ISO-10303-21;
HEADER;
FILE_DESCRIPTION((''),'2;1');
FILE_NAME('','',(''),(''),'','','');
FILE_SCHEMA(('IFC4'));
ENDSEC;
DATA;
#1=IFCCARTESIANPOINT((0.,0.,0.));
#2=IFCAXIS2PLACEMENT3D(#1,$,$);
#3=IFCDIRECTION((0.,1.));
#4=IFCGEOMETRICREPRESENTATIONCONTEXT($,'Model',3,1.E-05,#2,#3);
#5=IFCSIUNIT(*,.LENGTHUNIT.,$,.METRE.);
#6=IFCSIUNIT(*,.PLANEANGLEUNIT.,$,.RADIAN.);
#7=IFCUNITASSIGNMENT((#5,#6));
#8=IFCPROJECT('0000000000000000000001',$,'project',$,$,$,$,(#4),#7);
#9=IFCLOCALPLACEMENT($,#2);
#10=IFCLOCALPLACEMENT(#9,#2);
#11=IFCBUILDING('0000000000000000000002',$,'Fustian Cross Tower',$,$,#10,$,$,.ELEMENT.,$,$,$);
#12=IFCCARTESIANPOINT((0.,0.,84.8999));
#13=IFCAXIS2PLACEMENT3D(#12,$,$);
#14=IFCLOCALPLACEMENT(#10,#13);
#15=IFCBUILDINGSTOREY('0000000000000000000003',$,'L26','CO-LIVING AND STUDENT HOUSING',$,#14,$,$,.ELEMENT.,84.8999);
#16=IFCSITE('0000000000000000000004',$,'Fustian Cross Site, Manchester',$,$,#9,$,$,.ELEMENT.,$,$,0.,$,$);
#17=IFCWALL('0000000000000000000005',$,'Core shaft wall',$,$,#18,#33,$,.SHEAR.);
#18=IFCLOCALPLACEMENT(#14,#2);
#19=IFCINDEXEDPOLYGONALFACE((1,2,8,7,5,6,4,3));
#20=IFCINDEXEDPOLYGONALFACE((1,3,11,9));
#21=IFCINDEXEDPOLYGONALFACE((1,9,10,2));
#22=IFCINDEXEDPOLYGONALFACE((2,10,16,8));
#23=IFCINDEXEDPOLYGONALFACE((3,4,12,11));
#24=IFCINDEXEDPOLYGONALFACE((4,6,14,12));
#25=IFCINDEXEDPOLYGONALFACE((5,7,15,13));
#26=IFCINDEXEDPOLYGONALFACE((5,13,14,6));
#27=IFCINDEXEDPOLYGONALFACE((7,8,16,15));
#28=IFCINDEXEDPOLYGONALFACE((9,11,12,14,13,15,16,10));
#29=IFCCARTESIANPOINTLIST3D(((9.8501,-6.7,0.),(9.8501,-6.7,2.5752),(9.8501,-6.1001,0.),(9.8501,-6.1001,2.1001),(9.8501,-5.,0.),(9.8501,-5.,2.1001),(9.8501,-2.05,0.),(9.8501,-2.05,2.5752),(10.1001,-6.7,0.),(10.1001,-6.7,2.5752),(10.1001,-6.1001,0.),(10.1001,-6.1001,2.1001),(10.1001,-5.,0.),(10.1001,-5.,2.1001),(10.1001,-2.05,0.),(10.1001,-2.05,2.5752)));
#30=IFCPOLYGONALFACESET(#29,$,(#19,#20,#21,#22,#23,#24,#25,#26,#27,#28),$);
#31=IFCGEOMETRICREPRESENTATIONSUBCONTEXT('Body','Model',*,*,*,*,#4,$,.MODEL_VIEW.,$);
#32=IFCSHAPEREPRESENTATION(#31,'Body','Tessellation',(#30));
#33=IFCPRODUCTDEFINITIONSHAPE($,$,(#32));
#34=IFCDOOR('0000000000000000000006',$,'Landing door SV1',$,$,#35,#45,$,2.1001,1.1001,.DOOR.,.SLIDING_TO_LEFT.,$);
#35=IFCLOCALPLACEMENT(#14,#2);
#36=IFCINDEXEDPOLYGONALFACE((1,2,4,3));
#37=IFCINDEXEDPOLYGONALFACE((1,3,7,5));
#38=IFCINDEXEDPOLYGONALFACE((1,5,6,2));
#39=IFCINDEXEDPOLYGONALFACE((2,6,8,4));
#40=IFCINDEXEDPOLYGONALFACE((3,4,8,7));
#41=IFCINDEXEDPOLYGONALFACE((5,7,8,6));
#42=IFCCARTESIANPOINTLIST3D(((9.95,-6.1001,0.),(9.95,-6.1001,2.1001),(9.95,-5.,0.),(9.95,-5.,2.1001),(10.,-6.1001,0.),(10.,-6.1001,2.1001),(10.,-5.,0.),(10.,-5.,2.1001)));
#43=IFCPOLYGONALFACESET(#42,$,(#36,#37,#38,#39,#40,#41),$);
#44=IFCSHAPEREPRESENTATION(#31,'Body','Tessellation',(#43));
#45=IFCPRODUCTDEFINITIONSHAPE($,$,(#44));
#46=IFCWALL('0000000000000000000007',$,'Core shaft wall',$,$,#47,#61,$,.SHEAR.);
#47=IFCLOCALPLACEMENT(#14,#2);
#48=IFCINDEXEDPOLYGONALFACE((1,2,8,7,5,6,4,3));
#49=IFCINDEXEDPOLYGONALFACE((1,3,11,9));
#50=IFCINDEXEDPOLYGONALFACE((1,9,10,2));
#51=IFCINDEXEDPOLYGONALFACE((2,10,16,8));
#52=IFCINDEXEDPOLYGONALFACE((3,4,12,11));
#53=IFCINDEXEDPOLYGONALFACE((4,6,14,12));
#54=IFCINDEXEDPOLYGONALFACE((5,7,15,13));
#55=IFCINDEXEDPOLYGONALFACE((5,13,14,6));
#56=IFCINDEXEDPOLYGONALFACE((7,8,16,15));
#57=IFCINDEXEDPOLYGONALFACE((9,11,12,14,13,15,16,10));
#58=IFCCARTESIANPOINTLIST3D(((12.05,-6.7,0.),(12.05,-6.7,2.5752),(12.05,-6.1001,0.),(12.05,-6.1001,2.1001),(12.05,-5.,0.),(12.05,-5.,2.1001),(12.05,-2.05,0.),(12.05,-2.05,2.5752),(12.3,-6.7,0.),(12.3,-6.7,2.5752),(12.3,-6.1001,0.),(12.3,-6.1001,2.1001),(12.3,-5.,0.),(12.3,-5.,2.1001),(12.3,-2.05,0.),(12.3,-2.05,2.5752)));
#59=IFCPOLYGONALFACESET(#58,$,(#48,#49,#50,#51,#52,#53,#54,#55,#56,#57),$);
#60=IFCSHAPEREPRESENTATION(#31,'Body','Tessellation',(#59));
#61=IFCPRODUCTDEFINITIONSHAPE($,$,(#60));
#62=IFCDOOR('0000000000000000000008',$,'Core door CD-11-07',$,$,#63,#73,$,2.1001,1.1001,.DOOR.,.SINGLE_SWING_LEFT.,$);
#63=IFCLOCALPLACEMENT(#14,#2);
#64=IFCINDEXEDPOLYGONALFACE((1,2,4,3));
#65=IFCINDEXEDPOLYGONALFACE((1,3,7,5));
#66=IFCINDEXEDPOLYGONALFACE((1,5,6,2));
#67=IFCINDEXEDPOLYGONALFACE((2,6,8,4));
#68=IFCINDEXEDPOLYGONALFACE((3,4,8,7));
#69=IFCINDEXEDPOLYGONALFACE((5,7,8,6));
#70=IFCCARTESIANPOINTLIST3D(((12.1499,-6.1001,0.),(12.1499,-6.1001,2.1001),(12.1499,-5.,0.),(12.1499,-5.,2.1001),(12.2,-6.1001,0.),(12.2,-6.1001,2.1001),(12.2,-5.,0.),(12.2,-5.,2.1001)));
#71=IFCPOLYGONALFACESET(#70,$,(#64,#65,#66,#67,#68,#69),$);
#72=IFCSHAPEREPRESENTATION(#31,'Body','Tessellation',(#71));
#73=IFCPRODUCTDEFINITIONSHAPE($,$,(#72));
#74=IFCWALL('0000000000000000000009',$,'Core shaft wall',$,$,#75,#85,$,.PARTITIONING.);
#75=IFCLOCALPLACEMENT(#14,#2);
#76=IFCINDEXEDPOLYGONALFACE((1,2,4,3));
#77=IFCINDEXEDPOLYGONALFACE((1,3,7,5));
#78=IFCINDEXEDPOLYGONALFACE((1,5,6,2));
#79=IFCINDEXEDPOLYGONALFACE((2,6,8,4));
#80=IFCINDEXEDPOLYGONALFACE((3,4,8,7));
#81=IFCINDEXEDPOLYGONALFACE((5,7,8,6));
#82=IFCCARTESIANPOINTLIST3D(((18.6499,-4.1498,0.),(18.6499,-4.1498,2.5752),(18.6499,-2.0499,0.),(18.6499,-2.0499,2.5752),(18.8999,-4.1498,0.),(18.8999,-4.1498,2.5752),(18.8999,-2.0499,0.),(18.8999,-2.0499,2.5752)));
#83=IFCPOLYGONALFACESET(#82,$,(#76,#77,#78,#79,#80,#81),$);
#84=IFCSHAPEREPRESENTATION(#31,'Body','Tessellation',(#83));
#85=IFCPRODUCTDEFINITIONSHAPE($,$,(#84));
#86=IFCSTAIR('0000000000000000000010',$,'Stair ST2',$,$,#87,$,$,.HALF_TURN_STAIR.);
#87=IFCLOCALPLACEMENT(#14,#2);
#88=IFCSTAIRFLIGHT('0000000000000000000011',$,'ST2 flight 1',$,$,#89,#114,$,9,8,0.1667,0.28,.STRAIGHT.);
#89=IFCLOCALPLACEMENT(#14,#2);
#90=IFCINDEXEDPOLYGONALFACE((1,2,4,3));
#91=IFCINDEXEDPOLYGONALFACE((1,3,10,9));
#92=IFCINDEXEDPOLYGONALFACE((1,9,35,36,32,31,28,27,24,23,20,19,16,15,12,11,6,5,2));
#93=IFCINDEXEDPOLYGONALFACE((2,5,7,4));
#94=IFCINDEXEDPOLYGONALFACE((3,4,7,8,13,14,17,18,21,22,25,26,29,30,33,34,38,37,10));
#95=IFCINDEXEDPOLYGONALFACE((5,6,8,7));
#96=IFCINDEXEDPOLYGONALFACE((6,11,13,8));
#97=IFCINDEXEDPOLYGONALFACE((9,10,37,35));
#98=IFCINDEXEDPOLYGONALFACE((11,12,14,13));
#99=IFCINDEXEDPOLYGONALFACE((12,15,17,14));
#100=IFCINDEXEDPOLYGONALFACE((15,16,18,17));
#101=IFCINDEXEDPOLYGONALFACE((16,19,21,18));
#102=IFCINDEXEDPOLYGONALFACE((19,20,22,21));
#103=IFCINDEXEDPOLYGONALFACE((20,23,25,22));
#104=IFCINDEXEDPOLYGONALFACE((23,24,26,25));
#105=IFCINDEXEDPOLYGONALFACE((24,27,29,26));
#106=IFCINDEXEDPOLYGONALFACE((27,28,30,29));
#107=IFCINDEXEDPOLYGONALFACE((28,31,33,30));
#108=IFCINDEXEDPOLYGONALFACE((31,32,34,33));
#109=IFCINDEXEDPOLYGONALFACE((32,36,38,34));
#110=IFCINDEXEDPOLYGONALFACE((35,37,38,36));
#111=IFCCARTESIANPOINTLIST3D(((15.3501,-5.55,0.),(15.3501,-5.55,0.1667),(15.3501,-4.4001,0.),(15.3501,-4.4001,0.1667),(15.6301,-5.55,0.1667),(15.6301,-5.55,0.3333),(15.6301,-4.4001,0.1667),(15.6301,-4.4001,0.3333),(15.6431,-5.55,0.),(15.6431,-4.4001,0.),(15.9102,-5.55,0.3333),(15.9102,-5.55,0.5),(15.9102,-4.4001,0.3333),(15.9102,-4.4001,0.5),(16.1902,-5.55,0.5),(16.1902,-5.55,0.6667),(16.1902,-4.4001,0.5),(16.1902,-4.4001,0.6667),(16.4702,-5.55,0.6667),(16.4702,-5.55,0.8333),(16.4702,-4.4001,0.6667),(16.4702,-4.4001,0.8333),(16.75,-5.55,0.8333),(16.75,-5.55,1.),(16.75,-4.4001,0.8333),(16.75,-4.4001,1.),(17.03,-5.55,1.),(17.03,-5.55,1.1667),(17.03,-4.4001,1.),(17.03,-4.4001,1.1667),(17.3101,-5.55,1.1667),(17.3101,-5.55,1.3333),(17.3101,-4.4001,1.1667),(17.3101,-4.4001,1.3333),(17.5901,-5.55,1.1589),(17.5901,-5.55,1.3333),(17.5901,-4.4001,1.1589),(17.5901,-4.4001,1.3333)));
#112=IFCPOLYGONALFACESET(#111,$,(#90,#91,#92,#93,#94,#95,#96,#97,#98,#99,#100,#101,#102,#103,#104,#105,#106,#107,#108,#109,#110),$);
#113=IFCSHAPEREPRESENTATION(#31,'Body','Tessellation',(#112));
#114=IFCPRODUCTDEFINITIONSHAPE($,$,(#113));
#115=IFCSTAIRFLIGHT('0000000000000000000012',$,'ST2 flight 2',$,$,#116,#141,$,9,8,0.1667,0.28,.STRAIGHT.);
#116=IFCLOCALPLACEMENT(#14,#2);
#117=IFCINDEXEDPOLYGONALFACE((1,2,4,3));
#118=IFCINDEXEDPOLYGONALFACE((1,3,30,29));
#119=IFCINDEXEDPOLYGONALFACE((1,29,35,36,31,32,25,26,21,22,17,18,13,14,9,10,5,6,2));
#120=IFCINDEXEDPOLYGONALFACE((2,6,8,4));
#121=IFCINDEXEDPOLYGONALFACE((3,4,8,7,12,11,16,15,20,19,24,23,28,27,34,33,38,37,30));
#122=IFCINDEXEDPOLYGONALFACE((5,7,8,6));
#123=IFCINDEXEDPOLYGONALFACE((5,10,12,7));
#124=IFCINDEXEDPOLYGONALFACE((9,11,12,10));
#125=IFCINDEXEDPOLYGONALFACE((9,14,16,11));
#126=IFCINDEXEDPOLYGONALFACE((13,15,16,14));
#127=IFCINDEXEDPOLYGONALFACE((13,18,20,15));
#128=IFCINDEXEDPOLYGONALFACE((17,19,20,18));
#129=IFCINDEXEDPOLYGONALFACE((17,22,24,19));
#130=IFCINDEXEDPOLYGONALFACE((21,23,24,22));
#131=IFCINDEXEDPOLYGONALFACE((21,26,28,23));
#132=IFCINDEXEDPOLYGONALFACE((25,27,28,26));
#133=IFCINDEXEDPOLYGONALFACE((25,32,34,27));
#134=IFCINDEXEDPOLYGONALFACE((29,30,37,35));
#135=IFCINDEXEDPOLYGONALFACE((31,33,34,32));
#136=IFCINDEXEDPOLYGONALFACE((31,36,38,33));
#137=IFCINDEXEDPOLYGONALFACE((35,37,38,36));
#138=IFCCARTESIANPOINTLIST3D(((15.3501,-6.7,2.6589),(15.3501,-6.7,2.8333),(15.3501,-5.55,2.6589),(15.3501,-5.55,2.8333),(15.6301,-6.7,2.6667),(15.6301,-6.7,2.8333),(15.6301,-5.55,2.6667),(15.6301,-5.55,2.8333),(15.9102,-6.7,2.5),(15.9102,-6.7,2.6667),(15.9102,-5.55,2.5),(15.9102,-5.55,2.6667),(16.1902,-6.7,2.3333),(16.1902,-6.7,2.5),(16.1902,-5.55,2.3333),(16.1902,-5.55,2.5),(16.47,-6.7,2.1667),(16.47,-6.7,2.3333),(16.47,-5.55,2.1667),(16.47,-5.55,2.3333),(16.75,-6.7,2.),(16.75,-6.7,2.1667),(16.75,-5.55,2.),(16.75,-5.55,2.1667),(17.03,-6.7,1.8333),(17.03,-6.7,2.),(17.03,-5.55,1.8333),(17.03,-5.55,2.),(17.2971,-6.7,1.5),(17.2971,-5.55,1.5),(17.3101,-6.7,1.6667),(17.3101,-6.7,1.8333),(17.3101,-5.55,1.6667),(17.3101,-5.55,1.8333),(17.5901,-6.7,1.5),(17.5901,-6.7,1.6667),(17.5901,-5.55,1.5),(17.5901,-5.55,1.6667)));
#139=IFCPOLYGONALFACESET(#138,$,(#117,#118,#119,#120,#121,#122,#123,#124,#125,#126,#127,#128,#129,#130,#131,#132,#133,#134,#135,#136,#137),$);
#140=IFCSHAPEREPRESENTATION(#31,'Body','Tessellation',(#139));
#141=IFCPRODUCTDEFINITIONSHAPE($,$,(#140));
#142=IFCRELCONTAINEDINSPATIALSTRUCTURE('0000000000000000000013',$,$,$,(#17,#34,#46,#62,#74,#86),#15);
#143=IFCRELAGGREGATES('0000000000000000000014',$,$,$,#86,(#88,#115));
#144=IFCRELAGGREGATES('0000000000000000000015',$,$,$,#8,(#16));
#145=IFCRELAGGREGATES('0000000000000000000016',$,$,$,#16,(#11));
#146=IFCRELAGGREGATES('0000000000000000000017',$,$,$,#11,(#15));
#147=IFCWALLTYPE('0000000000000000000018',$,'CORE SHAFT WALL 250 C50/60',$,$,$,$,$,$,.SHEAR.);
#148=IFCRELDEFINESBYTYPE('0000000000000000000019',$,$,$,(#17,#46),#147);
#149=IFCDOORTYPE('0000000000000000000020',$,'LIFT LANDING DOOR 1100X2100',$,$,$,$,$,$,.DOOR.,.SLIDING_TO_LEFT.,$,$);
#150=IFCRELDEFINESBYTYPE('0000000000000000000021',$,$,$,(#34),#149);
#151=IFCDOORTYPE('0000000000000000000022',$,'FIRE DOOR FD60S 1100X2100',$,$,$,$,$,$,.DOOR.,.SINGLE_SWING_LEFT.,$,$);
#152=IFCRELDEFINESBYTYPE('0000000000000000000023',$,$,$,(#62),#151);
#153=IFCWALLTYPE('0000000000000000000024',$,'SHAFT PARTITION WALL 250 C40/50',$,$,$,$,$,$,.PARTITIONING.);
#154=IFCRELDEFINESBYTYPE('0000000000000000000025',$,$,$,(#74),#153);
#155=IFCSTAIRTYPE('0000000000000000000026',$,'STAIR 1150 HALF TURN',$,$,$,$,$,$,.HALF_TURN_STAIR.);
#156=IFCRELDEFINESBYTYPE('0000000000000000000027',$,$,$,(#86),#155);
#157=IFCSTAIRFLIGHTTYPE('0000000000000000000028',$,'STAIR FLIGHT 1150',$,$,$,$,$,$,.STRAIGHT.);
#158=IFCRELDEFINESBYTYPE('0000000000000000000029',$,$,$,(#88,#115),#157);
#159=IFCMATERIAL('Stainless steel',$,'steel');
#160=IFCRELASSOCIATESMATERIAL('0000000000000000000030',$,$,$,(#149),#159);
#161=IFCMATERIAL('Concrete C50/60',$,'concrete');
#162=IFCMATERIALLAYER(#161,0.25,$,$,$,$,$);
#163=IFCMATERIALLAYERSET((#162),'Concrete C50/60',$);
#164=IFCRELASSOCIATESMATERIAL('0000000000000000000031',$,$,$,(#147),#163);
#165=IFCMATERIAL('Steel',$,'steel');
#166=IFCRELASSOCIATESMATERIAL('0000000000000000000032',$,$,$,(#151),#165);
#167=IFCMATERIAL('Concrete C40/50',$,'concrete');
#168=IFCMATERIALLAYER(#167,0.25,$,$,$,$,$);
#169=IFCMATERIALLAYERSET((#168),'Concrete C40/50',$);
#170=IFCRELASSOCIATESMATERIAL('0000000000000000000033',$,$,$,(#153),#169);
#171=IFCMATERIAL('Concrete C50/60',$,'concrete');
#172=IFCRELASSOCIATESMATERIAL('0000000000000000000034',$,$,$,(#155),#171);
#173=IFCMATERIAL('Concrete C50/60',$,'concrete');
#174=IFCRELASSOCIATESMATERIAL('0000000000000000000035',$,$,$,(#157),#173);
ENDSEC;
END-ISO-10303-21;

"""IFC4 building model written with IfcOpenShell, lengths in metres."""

from ifc_helpers import new_model, si_unit, direction, frame, frame_2d, origin, place, context, subcontext, project, spatial, polyline, rectangle, outline, extrude, material, layer, layer_set, type_object, element, fill, aggregate, save


model = new_model("IFC4")

# Units and contexts
model_context = context("Model", 3, precision=1e-05, world=origin(), true_north=direction((0.0, 1.0)))
body_context = subcontext(model_context, "Body", "Model", "MODEL_VIEW")
ifc_project = project(units=[si_unit("LENGTHUNIT", "METRE"), si_unit("PLANEANGLEUNIT", "RADIAN")], contexts=[model_context])

# Site, building, storey
site_placement = place(None, origin())
site = spatial("IfcSite", under=ifc_project, at=site_placement, Name="Fustian Cross Site, Manchester", CompositionType="ELEMENT", RefElevation=0.0)
building_placement = place(site_placement, origin())
building = spatial("IfcBuilding", under=site, at=building_placement, Name="Fustian Cross Tower", CompositionType="ELEMENT")
storey_placement = place(building_placement, frame((0.0, 0.0, 84.8999)))
storey = spatial("IfcBuildingStorey", under=building, at=storey_placement, Name="L26", Description="CO-LIVING AND STUDENT HOUSING", CompositionType="ELEMENT", Elevation=84.8999)

# Shared definitions
ifc_material_1 = material(Name="Stainless steel", Category="steel")
door_type_1 = type_object("IfcDoorType", Name="LIFT LANDING DOOR 1100X2100", OperationType="SLIDING_TO_LEFT", PredefinedType="DOOR", material=ifc_material_1)

# Shared definitions
ifc_material_2 = material(Name="Concrete C50/60", Category="concrete")
ifc_layer_1 = layer(ifc_material_2, 0.25)
ifc_layer_set_1 = layer_set([ifc_layer_1], Name="Concrete C50/60")
wall_type_1 = type_object("IfcWallType", Name="CORE SHAFT WALL 250 C50/60", PredefinedType="SHEAR", material=ifc_layer_set_1)

# Walls, openings, doors
wall_1_placement = place(storey_placement, frame((9.9751, -2.05, 0.0), z_axis=(0.0, 0.0, 1.0), x_axis=(0.0, -1.0, 0.0)))
wall_1 = element("IfcWall", 1, at=wall_1_placement, inside=storey, type_object=wall_type_1, Name="Core shaft wall", PredefinedType="SHEAR", context=body_context, shape_type="SweptSolid", body=[
    extrude(rectangle(XDim=4.6499, YDim=0.25, at=frame_2d((2.325, 0.0))), origin(), (0.0, 0.0, 1.0), 2.5752),
])
opening_1_placement = place(wall_1_placement, frame((2.95, 0.0, 0.0)))
opening_1 = element("IfcOpeningElement", 2, at=opening_1_placement, cuts=wall_1, PredefinedType="OPENING", context=body_context, shape_type="SweptSolid", body=[
    extrude(rectangle(XDim=1.1001, YDim=2.1001, at=frame_2d((0.55, 1.05))), frame((0.0, 0.135, 0.0), z_axis=(0.0, -1.0, 0.0), x_axis=(1.0, 0.0, 0.0)), (0.0, 0.0, 1.0), 0.27),
])
door_1_placement = place(opening_1_placement, origin())
door_1 = element("IfcDoor", 3, at=door_1_placement, inside=storey, type_object=door_type_1, Name="Landing door SV1", OperationType="SLIDING_TO_LEFT", OverallHeight=2.1001, OverallWidth=1.1001, PredefinedType="DOOR", context=body_context, shape_type="SweptSolid", body=[
    extrude(rectangle(XDim=1.1001, YDim=2.1001, at=frame_2d((0.55, 1.05))), frame((0.0, 0.0249, 0.0), z_axis=(0.0, -1.0, 0.0), x_axis=(1.0, 0.0, 0.0)), (0.0, 0.0, 1.0), 0.05),
])
fill(opening_1, door_1)
wall_2_placement = place(storey_placement, frame((12.175, -2.05, 0.0), z_axis=(0.0, 0.0, 1.0), x_axis=(0.0, -1.0, 0.0)))
wall_2 = element("IfcWall", 4, at=wall_2_placement, inside=storey, type_object=wall_type_1, Name="Core shaft wall", PredefinedType="SHEAR", context=body_context, shape_type="SweptSolid", body=[
    extrude(rectangle(XDim=4.6499, YDim=0.25, at=frame_2d((2.325, 0.0))), origin(), (0.0, 0.0, 1.0), 2.5752),
])
opening_2_placement = place(wall_2_placement, frame((2.95, 0.0, 0.0)))
opening_2 = element("IfcOpeningElement", 5, at=opening_2_placement, cuts=wall_2, PredefinedType="OPENING", context=body_context, shape_type="SweptSolid", body=[
    extrude(rectangle(XDim=1.1001, YDim=2.1001, at=frame_2d((0.55, 1.05))), frame((0.0, 0.135, 0.0), z_axis=(0.0, -1.0, 0.0), x_axis=(1.0, 0.0, 0.0)), (0.0, 0.0, 1.0), 0.27),
])
ifc_material_3 = material(Name="Steel", Category="steel")
door_type_2 = type_object("IfcDoorType", Name="FIRE DOOR FD60S 1100X2100", OperationType="SINGLE_SWING_LEFT", PredefinedType="DOOR", material=ifc_material_3)
door_2_placement = place(opening_2_placement, origin())
door_2 = element("IfcDoor", 6, at=door_2_placement, inside=storey, type_object=door_type_2, Name="Core door CD-11-07", OperationType="SINGLE_SWING_LEFT", OverallHeight=2.1001, OverallWidth=1.1001, PredefinedType="DOOR", context=body_context, shape_type="SweptSolid", body=[
    extrude(rectangle(XDim=1.1001, YDim=2.1001, at=frame_2d((0.55, 1.05))), frame((0.0, 0.0249, 0.0), z_axis=(0.0, -1.0, 0.0), x_axis=(1.0, 0.0, 0.0)), (0.0, 0.0, 1.0), 0.05),
])
fill(opening_2, door_2)

# Wall
ifc_material_4 = material(Name="Concrete C40/50", Category="concrete")
ifc_layer_2 = layer(ifc_material_4, 0.25)
ifc_layer_set_2 = layer_set([ifc_layer_2], Name="Concrete C40/50")
wall_type_2 = type_object("IfcWallType", Name="SHAFT PARTITION WALL 250 C40/50", PredefinedType="PARTITIONING", material=ifc_layer_set_2)
wall_3_placement = place(storey_placement, frame((18.7749, -2.05, 0.0), z_axis=(0.0, 0.0, 1.0), x_axis=(0.0, -1.0, 0.0)))
element("IfcWall", 7, at=wall_3_placement, inside=storey, type_object=wall_type_2, Name="Core shaft wall", PredefinedType="PARTITIONING", context=body_context, shape_type="SweptSolid", body=[
    extrude(rectangle(XDim=2.0999, YDim=0.25, at=frame_2d((1.0498, 0.0))), origin(), (0.0, 0.0, 1.0), 2.5752),
])

# Stair, stair flights
ifc_material_5 = material(Name="Concrete C50/60", Category="concrete")
stair_type = type_object("IfcStairType", Name="STAIR 1150 HALF TURN", PredefinedType="HALF_TURN_STAIR", material=ifc_material_5)
stair_placement = place(storey_placement, origin())
stair = element("IfcStair", 8, at=stair_placement, inside=storey, type_object=stair_type, Name="Stair ST2", PredefinedType="HALF_TURN_STAIR")
ifc_material_6 = material(Name="Concrete C50/60", Category="concrete")
stair_flight_type = type_object("IfcStairFlightType", Name="STAIR FLIGHT 1150", PredefinedType="STRAIGHT", material=ifc_material_6)
stair_flight_1_placement = place(storey_placement, frame((15.3501, -4.9751, 0.0), z_axis=(0.0, 0.0, 1.0), x_axis=(1.0, 0.0, 0.0)))
stair_flight_1 = element("IfcStairFlight", 9, at=stair_flight_1_placement, type_object=stair_flight_type, Name="ST2 flight 1", NumberOfRisers=9, NumberOfTreads=8, PredefinedType="STRAIGHT", RiserHeight=0.1667, TreadLength=0.28, context=body_context, shape_type="SweptSolid", body=[
    extrude(outline(polyline([(0.0, 0.0), (0.0, 0.1667), (0.28, 0.1667), (0.28, 0.3333), (0.5601, 0.3333), (0.5601, 0.5), (0.8401, 0.5), (0.8401, 0.6667), (1.1201, 0.6667), (1.1201, 0.8333), (1.3999, 0.8333), (1.3999, 1.0), (1.6799, 1.0), (1.6799, 1.1667), (1.96, 1.1667), (1.96, 1.3333), (2.24, 1.3333), (2.24, 1.5), (2.24, 1.1589), (0.293, 0.0), (0.0, 0.0)])), frame((0.0, 0.575, 0.0), z_axis=(0.0, -1.0, 0.0), x_axis=(1.0, 0.0, 0.0)), (0.0, 0.0, 1.0), 1.1499),
])
stair_flight_2_placement = place(storey_placement, frame((17.5901, -6.125, 1.5), z_axis=(0.0, 0.0, 1.0), x_axis=(-1.0, 0.0, 0.0)))
stair_flight_2 = element("IfcStairFlight", 10, at=stair_flight_2_placement, type_object=stair_flight_type, Name="ST2 flight 2", NumberOfRisers=9, NumberOfTreads=8, PredefinedType="STRAIGHT", RiserHeight=0.1667, TreadLength=0.28, context=body_context, shape_type="SweptSolid", body=[
    extrude(outline(polyline([(0.0, 0.0), (0.0, 0.1667), (0.28, 0.1667), (0.28, 0.3333), (0.5601, 0.3333), (0.5601, 0.5), (0.8401, 0.5), (0.8401, 0.6667), (1.1201, 0.6667), (1.1201, 0.8333), (1.3999, 0.8333), (1.3999, 1.0), (1.6799, 1.0), (1.6799, 1.1667), (1.96, 1.1667), (1.96, 1.3333), (2.24, 1.3333), (2.24, 1.5), (2.24, 1.1589), (0.293, 0.0), (0.0, 0.0)])), frame((0.0, 0.575, 0.0), z_axis=(0.0, -1.0, 0.0), x_axis=(1.0, 0.0, 0.0)), (0.0, 0.0, 1.0), 1.1499),
])
aggregate(stair, [stair_flight_1, stair_flight_2])

save(model, "model.ifc")
